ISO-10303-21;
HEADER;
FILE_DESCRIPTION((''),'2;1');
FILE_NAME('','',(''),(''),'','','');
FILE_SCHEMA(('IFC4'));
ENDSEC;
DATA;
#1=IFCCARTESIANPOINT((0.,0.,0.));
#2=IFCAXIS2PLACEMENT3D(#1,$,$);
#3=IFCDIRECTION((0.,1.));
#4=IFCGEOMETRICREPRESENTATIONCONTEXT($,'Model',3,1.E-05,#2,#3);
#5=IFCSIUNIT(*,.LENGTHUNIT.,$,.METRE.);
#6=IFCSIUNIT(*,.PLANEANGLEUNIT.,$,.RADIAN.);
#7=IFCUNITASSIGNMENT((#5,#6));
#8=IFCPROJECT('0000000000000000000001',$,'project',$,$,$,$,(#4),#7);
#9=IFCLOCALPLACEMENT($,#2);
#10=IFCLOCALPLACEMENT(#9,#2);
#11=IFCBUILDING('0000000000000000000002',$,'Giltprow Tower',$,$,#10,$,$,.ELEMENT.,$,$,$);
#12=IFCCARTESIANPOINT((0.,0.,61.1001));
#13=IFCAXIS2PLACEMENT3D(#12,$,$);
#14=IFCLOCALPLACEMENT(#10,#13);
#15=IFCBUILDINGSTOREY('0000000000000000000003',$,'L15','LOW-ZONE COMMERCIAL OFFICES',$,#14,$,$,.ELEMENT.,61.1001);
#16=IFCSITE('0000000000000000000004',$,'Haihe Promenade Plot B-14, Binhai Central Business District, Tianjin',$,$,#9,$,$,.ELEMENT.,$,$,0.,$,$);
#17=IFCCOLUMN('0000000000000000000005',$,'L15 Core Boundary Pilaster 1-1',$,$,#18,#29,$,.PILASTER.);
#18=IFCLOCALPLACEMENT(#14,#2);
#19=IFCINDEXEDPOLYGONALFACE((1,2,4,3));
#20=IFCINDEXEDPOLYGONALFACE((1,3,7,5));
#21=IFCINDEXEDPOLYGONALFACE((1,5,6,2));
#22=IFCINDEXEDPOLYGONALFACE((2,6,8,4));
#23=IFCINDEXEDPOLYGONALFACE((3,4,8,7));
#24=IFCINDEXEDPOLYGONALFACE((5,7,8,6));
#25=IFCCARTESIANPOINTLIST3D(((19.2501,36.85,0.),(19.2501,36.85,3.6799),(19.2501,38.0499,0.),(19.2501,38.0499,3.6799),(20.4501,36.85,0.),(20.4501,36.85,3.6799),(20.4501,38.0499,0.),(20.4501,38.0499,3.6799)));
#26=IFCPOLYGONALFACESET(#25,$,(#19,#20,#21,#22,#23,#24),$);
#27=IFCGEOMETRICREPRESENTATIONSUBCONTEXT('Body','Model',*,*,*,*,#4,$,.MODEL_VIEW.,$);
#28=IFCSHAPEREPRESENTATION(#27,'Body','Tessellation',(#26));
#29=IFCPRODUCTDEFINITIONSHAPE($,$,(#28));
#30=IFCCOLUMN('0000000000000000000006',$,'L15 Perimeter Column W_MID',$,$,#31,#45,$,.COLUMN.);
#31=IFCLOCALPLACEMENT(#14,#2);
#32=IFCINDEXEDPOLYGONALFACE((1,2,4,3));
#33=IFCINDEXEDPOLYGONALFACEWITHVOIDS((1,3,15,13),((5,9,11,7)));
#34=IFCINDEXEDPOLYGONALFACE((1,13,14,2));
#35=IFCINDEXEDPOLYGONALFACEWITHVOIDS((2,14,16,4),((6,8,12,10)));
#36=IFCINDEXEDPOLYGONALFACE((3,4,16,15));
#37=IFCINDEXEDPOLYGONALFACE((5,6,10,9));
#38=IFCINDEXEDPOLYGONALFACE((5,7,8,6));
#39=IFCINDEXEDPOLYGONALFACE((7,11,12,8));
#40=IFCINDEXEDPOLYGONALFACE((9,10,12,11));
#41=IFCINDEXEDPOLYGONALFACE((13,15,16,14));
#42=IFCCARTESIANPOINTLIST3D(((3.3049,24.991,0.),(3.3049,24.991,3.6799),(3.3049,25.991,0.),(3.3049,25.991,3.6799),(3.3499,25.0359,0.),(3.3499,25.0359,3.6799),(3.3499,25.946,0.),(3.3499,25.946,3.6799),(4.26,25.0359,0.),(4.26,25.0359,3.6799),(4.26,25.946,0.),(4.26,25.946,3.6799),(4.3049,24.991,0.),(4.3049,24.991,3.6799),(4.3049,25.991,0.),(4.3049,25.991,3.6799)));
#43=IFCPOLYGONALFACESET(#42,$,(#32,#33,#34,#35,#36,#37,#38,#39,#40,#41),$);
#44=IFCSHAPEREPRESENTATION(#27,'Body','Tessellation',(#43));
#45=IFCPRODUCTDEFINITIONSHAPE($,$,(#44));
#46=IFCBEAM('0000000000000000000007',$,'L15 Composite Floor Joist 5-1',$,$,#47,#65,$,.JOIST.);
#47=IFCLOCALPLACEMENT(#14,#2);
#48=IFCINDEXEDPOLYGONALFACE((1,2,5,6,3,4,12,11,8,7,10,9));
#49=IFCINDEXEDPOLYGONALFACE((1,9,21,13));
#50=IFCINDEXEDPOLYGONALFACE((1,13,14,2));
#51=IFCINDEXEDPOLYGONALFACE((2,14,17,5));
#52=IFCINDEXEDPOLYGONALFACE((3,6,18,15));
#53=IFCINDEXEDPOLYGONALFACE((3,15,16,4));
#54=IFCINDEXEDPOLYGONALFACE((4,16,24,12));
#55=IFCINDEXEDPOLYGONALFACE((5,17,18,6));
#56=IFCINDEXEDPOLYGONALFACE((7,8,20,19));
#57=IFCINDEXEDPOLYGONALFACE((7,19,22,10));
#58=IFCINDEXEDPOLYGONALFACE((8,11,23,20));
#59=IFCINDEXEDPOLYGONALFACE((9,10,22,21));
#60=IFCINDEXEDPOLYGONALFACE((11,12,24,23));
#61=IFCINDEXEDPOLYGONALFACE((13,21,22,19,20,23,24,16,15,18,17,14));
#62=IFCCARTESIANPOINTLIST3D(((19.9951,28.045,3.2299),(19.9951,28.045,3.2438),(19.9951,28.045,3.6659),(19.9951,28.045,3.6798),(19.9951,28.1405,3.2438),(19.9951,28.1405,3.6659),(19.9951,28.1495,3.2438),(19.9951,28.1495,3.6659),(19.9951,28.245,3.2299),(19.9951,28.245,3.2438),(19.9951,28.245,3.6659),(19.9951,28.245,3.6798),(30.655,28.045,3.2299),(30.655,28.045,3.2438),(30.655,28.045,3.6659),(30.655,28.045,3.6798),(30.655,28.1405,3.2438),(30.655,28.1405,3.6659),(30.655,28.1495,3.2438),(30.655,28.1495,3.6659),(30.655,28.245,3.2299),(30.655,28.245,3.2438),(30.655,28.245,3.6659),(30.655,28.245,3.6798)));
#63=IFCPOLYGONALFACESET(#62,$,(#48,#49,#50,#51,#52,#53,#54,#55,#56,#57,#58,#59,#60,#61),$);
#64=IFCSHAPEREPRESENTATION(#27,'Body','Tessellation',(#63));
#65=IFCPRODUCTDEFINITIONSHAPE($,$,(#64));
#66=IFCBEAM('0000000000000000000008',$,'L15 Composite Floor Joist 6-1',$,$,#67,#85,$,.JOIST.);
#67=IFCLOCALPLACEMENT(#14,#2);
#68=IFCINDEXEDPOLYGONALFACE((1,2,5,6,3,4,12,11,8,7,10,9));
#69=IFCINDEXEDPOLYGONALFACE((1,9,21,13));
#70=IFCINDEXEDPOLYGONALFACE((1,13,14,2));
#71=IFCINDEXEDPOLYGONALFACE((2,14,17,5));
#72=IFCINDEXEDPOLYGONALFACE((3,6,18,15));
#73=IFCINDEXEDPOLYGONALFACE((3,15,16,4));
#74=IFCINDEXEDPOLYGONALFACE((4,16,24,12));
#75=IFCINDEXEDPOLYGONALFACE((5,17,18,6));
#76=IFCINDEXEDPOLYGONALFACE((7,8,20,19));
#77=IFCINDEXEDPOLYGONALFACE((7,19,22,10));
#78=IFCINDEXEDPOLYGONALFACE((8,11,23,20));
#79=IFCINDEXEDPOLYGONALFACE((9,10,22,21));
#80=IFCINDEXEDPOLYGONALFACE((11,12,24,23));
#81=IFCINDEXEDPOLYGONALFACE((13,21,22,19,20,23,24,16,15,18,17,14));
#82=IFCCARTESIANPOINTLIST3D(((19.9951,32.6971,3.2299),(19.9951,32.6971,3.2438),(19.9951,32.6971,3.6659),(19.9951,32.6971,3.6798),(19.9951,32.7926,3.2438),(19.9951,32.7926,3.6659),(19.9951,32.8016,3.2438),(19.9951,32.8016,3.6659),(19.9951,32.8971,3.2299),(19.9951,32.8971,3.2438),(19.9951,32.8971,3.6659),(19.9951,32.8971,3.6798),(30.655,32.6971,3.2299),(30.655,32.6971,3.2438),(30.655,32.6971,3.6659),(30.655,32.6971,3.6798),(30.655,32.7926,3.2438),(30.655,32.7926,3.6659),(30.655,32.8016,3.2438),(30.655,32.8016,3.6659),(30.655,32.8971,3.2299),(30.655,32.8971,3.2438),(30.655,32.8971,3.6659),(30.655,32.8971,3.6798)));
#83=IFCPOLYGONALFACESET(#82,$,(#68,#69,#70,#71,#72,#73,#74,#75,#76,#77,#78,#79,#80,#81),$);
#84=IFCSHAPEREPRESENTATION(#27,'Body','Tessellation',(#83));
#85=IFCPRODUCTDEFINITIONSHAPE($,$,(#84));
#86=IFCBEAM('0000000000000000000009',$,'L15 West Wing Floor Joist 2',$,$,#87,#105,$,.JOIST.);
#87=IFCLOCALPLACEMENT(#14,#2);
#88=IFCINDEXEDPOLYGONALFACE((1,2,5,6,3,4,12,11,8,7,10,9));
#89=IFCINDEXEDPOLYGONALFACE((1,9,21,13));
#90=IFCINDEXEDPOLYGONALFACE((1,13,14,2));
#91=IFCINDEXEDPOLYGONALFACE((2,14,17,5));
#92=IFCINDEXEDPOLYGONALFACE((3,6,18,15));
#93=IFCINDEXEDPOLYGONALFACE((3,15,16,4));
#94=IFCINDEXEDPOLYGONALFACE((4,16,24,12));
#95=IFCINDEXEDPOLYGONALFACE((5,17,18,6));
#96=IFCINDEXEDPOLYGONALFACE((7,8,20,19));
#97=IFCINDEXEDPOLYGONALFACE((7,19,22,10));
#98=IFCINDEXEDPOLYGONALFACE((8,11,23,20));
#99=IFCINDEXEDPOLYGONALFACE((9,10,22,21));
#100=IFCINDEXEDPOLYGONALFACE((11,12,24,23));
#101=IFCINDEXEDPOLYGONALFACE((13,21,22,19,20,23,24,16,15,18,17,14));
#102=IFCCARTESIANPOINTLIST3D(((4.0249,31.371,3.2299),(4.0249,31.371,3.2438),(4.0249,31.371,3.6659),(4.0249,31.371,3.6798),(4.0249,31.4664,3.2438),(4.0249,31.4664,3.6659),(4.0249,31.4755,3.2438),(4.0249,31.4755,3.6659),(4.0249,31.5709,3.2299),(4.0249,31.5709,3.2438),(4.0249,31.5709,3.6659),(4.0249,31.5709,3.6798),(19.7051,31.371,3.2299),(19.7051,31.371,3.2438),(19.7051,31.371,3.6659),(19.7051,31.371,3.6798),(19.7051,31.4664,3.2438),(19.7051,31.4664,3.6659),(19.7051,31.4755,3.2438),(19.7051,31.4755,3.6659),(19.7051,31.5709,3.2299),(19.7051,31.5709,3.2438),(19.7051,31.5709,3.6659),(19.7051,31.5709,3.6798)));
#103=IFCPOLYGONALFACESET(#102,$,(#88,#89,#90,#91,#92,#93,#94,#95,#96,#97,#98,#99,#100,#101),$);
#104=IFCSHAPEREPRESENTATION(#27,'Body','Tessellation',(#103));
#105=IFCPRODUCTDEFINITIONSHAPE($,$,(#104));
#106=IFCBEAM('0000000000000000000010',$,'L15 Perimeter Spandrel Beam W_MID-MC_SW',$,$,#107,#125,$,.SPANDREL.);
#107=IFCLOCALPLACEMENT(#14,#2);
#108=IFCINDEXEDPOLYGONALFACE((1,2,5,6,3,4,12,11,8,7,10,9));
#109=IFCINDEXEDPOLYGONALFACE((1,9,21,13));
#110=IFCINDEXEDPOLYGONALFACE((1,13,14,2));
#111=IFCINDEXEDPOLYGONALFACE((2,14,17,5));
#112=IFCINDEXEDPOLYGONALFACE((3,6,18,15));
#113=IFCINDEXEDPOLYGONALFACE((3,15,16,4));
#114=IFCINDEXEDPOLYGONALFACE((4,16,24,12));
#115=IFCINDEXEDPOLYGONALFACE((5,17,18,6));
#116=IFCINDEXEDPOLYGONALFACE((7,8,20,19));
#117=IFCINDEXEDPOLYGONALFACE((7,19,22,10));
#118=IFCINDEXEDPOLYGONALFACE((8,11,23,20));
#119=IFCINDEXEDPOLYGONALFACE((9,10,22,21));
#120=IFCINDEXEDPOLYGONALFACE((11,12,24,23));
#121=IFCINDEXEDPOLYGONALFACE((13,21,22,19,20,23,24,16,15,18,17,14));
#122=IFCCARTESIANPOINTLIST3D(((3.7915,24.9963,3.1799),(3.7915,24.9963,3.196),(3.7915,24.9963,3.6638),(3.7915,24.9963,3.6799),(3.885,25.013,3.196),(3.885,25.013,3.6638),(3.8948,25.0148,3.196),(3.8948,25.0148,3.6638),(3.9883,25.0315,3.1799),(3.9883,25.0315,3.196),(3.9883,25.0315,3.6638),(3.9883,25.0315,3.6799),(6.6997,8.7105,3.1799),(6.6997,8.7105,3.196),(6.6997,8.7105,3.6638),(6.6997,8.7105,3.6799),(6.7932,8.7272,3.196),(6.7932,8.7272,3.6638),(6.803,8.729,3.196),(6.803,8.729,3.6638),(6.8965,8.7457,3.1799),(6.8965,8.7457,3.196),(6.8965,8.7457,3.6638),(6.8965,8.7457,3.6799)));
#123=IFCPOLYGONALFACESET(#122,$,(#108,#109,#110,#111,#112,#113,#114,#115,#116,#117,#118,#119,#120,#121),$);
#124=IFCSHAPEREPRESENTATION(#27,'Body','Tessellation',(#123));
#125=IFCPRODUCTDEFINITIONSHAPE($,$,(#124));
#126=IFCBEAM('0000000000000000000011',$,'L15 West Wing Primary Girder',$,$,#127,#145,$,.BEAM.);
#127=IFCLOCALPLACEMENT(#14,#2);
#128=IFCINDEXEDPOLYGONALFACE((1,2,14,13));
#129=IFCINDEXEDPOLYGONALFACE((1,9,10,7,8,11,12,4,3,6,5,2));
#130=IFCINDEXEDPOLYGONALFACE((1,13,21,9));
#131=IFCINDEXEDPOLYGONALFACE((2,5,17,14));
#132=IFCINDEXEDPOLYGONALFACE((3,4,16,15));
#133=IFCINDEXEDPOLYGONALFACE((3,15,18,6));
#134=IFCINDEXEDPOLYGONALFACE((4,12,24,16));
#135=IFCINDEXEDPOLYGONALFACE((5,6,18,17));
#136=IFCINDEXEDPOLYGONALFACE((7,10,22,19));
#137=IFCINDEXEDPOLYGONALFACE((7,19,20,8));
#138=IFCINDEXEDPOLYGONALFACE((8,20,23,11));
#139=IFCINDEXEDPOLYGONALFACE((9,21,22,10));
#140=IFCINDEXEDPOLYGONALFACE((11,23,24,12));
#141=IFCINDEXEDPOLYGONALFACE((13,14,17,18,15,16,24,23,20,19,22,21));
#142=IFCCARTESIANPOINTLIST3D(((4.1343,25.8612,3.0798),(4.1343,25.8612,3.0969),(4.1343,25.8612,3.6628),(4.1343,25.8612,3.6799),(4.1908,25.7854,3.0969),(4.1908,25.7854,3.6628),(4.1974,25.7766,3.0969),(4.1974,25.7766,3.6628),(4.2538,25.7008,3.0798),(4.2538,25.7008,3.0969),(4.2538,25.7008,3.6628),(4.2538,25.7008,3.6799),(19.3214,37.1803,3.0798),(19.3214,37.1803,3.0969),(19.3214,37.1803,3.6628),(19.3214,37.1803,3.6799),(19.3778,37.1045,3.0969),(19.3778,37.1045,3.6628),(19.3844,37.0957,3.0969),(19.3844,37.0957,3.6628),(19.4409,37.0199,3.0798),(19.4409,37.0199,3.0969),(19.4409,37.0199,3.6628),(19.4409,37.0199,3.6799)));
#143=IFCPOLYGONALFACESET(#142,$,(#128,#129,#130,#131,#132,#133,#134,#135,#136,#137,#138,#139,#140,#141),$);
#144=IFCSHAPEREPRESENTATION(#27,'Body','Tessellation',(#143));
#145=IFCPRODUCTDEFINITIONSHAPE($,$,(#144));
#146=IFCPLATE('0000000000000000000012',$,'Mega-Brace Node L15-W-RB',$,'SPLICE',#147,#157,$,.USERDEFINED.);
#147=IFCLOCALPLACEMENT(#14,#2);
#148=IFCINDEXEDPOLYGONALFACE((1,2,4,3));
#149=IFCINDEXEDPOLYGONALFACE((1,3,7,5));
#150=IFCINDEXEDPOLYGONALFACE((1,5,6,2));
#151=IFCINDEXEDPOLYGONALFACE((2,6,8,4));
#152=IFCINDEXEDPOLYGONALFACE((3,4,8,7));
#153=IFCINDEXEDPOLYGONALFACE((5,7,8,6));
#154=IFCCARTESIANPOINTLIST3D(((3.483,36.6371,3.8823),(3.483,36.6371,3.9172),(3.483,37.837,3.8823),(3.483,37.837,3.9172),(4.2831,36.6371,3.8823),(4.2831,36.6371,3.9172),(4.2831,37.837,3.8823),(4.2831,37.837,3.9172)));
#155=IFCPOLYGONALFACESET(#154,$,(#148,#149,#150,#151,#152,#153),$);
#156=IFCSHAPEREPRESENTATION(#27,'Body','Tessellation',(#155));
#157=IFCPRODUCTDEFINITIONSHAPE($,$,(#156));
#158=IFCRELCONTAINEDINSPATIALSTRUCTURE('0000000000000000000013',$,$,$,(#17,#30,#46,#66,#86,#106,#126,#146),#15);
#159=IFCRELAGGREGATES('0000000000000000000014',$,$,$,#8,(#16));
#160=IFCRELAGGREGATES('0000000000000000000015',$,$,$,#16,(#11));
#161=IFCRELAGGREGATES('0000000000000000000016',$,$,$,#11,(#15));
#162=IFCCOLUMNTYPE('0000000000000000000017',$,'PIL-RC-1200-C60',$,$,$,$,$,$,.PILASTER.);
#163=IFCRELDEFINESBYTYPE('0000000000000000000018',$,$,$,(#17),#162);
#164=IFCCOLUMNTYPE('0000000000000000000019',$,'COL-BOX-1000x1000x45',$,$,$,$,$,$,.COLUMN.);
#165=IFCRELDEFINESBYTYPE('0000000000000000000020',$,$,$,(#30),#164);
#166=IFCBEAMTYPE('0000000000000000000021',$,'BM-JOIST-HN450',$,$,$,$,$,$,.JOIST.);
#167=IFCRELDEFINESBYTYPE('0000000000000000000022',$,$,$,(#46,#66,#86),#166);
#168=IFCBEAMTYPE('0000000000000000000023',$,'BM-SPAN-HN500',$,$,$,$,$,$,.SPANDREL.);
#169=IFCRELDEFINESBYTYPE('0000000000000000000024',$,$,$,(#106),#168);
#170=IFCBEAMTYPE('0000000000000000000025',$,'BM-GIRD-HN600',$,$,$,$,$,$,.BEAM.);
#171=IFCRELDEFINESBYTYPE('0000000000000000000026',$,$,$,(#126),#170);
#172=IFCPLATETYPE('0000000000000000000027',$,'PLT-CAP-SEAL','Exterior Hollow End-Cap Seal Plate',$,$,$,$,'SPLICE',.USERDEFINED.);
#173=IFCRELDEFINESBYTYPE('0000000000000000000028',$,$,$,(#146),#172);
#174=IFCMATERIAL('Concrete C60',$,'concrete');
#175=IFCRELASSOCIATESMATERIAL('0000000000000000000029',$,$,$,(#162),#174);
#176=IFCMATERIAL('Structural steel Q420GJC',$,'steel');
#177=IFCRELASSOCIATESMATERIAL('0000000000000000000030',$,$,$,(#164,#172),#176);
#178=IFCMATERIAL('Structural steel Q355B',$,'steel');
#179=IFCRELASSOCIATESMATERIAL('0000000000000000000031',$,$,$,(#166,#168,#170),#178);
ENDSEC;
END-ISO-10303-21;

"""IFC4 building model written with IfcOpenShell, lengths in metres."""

from ifc_helpers import new_model, si_unit, direction, frame, origin, origin_2d, place, context, subcontext, project, spatial, rectangle, hollow_rectangle, i_section, extrude, source, transform, mapped, material, material_profile, profile_set, type_object, element, save


model = new_model("IFC4")

# Units and contexts
model_context = context("Model", 3, precision=1e-05, world=origin(), true_north=direction((0.0, 1.0)))
body_context = subcontext(model_context, "Body", "Model", "MODEL_VIEW")
ifc_project = project(units=[si_unit("LENGTHUNIT", "METRE"), si_unit("PLANEANGLEUNIT", "RADIAN")], contexts=[model_context])

# Site, building, storey
site_placement = place(None, origin())
site = spatial("IfcSite", under=ifc_project, at=site_placement, Name="Haihe Promenade Plot B-14, Binhai Central Business District, Tianjin", CompositionType="ELEMENT", RefElevation=0.0)
building_placement = place(site_placement, origin())
building = spatial("IfcBuilding", under=site, at=building_placement, Name="Giltprow Tower", CompositionType="ELEMENT")
storey_placement = place(building_placement, frame((0.0, 0.0, 61.1001)))
storey = spatial("IfcBuildingStorey", under=building, at=storey_placement, Name="L15", Description="LOW-ZONE COMMERCIAL OFFICES", CompositionType="ELEMENT", Elevation=61.1001)

# Columns
ifc_material_1 = material(Name="Concrete C60", Category="concrete")
ifc_material_profile_1 = material_profile(ifc_material_1, rectangle(XDim=1.2, YDim=1.2, at=origin_2d()), Name="RC 1200x1200")
ifc_profile_set_1 = profile_set([ifc_material_profile_1], Name="Concrete C60")
column_type_1 = type_object("IfcColumnType", Name="PIL-RC-1200-C60", PredefinedType="PILASTER", material=ifc_profile_set_1)
shared_shape_1 = source(origin(), body_context, "Body", "SweptSolid", [
    extrude(rectangle(XDim=1.2, YDim=1.2, at=origin_2d()), origin(), (0.0, 0.0, 1.0), 3.6799),
])
column_1_placement = place(storey_placement, frame((19.8501, 37.45, 0.0), z_axis=(0.0, 0.0, 1.0), x_axis=(1.0, 0.0, 0.0)))
element("IfcColumn", 1, at=column_1_placement, inside=storey, type_object=column_type_1, Name="L15 Core Boundary Pilaster 1-1", PredefinedType="PILASTER", context=body_context, shape_type="MappedRepresentation", body=[
    mapped(shared_shape_1, transform((0.0, 0.0, 0.0), x_axis=(1.0, 0.0, 0.0), y_axis=(0.0, 1.0, 0.0), z_axis=(0.0, 0.0, 1.0), scale=1.0)),
])
ifc_material_2 = material(Name="Structural steel Q420GJC", Category="steel")
ifc_material_profile_2 = material_profile(ifc_material_2, hollow_rectangle(XDim=1.0, YDim=1.0, WallThickness=0.0449, at=origin_2d()), Name="BOX 1000x1000x45")
ifc_profile_set_2 = profile_set([ifc_material_profile_2], Name="Structural steel Q420GJC")
column_type_2 = type_object("IfcColumnType", Name="COL-BOX-1000x1000x45", PredefinedType="COLUMN", material=ifc_profile_set_2)
shared_shape_2 = source(origin(), body_context, "Body", "SweptSolid", [
    extrude(hollow_rectangle(XDim=1.0, YDim=1.0, WallThickness=0.0449, at=origin_2d()), origin(), (0.0, 0.0, 1.0), 3.6799),
])
column_2_placement = place(storey_placement, frame((3.8049, 25.491, 0.0), z_axis=(0.0, 0.0, 1.0), x_axis=(1.0, 0.0, 0.0)))
element("IfcColumn", 2, at=column_2_placement, inside=storey, type_object=column_type_2, Name="L15 Perimeter Column W_MID", PredefinedType="COLUMN", context=body_context, shape_type="MappedRepresentation", body=[
    mapped(shared_shape_2, transform((0.0, 0.0, 0.0), x_axis=(1.0, 0.0, 0.0), y_axis=(0.0, 1.0, 0.0), z_axis=(0.0, 0.0, 1.0), scale=1.0)),
])

# Beams
ifc_material_3 = material(Name="Structural steel Q355B", Category="steel")
ifc_material_profile_3 = material_profile(ifc_material_3, i_section(OverallWidth=0.2, OverallDepth=0.45, WebThickness=0.009, FlangeThickness=0.0139, at=origin_2d()), Name="HN 450x200x9x14")
ifc_profile_set_3 = profile_set([ifc_material_profile_3], Name="Structural steel Q355B")
beam_type_1 = type_object("IfcBeamType", Name="BM-JOIST-HN450", PredefinedType="JOIST", material=ifc_profile_set_3)
shared_shape_3 = source(origin(), body_context, "Body", "SweptSolid", [
    extrude(i_section(OverallWidth=0.2, OverallDepth=0.45, WebThickness=0.009, FlangeThickness=0.0139, at=origin_2d()), origin(), (0.0, 0.0, 1.0), 10.6599),
])
for number, where, z_axis, x_axis, name in (
    (3, (19.9951, 28.145, 3.4548), (1.0, 0.0, 0.0), (0.0, 1.0, 0.0), "L15 Composite Floor Joist 5-1"),
    (4, (19.9951, 32.7971, 3.4548), (1.0, 0.0, 0.0), (0.0, 1.0, 0.0), "L15 Composite Floor Joist 6-1"),
):
    element("IfcBeam", number, at=place(storey_placement, frame(where, z_axis=z_axis, x_axis=x_axis)), inside=storey, type_object=beam_type_1, Name=name, PredefinedType="JOIST", context=body_context, shape_type="MappedRepresentation", body=[
        mapped(shared_shape_3, transform((0.0, 0.0, 0.0), x_axis=(1.0, 0.0, 0.0), y_axis=(0.0, 1.0, 0.0), z_axis=(0.0, 0.0, 1.0), scale=1.0)),
    ])
shared_shape_4 = source(origin(), body_context, "Body", "SweptSolid", [
    extrude(i_section(OverallWidth=0.2, OverallDepth=0.45, WebThickness=0.009, FlangeThickness=0.0139, at=origin_2d()), origin(), (0.0, 0.0, 1.0), 15.6802),
])
beam_1_placement = place(storey_placement, frame((4.0249, 31.4709, 3.4548), z_axis=(1.0, 0.0, 0.0), x_axis=(0.0, 1.0, 0.0)))
element("IfcBeam", 5, at=beam_1_placement, inside=storey, type_object=beam_type_1, Name="L15 West Wing Floor Joist 2", PredefinedType="JOIST", context=body_context, shape_type="MappedRepresentation", body=[
    mapped(shared_shape_4, transform((0.0, 0.0, 0.0), x_axis=(1.0, 0.0, 0.0), y_axis=(0.0, 1.0, 0.0), z_axis=(0.0, 0.0, 1.0), scale=1.0)),
])
ifc_material_profile_4 = material_profile(ifc_material_3, i_section(OverallWidth=0.2, OverallDepth=0.5, WebThickness=0.01, FlangeThickness=0.0161, at=origin_2d()), Name="HN 500x200x10x16")
ifc_profile_set_4 = profile_set([ifc_material_profile_4], Name="Structural steel Q355B")
beam_type_2 = type_object("IfcBeamType", Name="BM-SPAN-HN500", PredefinedType="SPANDREL", material=ifc_profile_set_4)
shared_shape_5 = source(origin(), body_context, "Body", "SweptSolid", [
    extrude(i_section(OverallWidth=0.2, OverallDepth=0.5, WebThickness=0.01, FlangeThickness=0.0161, at=origin_2d()), origin(), (0.0, 0.0, 1.0), 16.5435),
])
beam_2_placement = place(storey_placement, frame((3.8899, 25.0139, 3.4299), z_axis=(0.175791, -0.984427, 0.0), x_axis=(0.984427, 0.175791, 0.0)))
element("IfcBeam", 6, at=beam_2_placement, inside=storey, type_object=beam_type_2, Name="L15 Perimeter Spandrel Beam W_MID-MC_SW", PredefinedType="SPANDREL", context=body_context, shape_type="MappedRepresentation", body=[
    mapped(shared_shape_5, transform((0.0, 0.0, 0.0), x_axis=(1.0, 0.0, 0.0), y_axis=(0.0, 1.0, 0.0), z_axis=(0.0, 0.0, 1.0), scale=1.0)),
])
ifc_material_profile_5 = material_profile(ifc_material_3, i_section(OverallWidth=0.2, OverallDepth=0.6001, WebThickness=0.011, FlangeThickness=0.0171, at=origin_2d()), Name="HN 600x200x11x17")
ifc_profile_set_5 = profile_set([ifc_material_profile_5], Name="Structural steel Q355B")
beam_type_3 = type_object("IfcBeamType", Name="BM-GIRD-HN600", PredefinedType="BEAM", material=ifc_profile_set_5)
shared_shape_6 = source(origin(), body_context, "Body", "SweptSolid", [
    extrude(i_section(OverallWidth=0.2, OverallDepth=0.6001, WebThickness=0.011, FlangeThickness=0.0171, at=origin_2d()), origin(), (0.0, 0.0, 1.0), 18.9412),
])
beam_3_placement = place(storey_placement, frame((4.1941, 25.781, 3.3799), z_axis=(0.8018, 0.597593, 0.0), x_axis=(-0.597593, 0.8018, 0.0)))
element("IfcBeam", 7, at=beam_3_placement, inside=storey, type_object=beam_type_3, Name="L15 West Wing Primary Girder", PredefinedType="BEAM", context=body_context, shape_type="MappedRepresentation", body=[
    mapped(shared_shape_6, transform((0.0, 0.0, 0.0), x_axis=(1.0, 0.0, 0.0), y_axis=(0.0, 1.0, 0.0), z_axis=(0.0, 0.0, 1.0), scale=1.0)),
])

# Plate
plate_type = type_object("IfcPlateType", Name="PLT-CAP-SEAL", Description="Exterior Hollow End-Cap Seal Plate", ElementType="SPLICE", PredefinedType="USERDEFINED", material=ifc_material_2)
shared_shape_7 = source(origin(), body_context, "Body", "SweptSolid", [
    extrude(rectangle(XDim=1.2, YDim=0.8, at=origin_2d()), origin(), (0.0, 0.0, 1.0), 0.0349),
])
plate_placement = place(storey_placement, frame((3.8831, 37.2371, 3.8823), z_axis=(0.0, 0.0, 1.0), x_axis=(0.0, 1.0, 0.0)))
element("IfcPlate", 8, at=plate_placement, inside=storey, type_object=plate_type, Name="Mega-Brace Node L15-W-RB", ObjectType="SPLICE", PredefinedType="USERDEFINED", context=body_context, shape_type="MappedRepresentation", body=[
    mapped(shared_shape_7, transform((0.0, 0.0, 0.0), x_axis=(1.0, 0.0, 0.0), y_axis=(0.0, 1.0, 0.0), z_axis=(0.0, 0.0, 1.0), scale=1.0)),
])

save(model, "model.ifc")
